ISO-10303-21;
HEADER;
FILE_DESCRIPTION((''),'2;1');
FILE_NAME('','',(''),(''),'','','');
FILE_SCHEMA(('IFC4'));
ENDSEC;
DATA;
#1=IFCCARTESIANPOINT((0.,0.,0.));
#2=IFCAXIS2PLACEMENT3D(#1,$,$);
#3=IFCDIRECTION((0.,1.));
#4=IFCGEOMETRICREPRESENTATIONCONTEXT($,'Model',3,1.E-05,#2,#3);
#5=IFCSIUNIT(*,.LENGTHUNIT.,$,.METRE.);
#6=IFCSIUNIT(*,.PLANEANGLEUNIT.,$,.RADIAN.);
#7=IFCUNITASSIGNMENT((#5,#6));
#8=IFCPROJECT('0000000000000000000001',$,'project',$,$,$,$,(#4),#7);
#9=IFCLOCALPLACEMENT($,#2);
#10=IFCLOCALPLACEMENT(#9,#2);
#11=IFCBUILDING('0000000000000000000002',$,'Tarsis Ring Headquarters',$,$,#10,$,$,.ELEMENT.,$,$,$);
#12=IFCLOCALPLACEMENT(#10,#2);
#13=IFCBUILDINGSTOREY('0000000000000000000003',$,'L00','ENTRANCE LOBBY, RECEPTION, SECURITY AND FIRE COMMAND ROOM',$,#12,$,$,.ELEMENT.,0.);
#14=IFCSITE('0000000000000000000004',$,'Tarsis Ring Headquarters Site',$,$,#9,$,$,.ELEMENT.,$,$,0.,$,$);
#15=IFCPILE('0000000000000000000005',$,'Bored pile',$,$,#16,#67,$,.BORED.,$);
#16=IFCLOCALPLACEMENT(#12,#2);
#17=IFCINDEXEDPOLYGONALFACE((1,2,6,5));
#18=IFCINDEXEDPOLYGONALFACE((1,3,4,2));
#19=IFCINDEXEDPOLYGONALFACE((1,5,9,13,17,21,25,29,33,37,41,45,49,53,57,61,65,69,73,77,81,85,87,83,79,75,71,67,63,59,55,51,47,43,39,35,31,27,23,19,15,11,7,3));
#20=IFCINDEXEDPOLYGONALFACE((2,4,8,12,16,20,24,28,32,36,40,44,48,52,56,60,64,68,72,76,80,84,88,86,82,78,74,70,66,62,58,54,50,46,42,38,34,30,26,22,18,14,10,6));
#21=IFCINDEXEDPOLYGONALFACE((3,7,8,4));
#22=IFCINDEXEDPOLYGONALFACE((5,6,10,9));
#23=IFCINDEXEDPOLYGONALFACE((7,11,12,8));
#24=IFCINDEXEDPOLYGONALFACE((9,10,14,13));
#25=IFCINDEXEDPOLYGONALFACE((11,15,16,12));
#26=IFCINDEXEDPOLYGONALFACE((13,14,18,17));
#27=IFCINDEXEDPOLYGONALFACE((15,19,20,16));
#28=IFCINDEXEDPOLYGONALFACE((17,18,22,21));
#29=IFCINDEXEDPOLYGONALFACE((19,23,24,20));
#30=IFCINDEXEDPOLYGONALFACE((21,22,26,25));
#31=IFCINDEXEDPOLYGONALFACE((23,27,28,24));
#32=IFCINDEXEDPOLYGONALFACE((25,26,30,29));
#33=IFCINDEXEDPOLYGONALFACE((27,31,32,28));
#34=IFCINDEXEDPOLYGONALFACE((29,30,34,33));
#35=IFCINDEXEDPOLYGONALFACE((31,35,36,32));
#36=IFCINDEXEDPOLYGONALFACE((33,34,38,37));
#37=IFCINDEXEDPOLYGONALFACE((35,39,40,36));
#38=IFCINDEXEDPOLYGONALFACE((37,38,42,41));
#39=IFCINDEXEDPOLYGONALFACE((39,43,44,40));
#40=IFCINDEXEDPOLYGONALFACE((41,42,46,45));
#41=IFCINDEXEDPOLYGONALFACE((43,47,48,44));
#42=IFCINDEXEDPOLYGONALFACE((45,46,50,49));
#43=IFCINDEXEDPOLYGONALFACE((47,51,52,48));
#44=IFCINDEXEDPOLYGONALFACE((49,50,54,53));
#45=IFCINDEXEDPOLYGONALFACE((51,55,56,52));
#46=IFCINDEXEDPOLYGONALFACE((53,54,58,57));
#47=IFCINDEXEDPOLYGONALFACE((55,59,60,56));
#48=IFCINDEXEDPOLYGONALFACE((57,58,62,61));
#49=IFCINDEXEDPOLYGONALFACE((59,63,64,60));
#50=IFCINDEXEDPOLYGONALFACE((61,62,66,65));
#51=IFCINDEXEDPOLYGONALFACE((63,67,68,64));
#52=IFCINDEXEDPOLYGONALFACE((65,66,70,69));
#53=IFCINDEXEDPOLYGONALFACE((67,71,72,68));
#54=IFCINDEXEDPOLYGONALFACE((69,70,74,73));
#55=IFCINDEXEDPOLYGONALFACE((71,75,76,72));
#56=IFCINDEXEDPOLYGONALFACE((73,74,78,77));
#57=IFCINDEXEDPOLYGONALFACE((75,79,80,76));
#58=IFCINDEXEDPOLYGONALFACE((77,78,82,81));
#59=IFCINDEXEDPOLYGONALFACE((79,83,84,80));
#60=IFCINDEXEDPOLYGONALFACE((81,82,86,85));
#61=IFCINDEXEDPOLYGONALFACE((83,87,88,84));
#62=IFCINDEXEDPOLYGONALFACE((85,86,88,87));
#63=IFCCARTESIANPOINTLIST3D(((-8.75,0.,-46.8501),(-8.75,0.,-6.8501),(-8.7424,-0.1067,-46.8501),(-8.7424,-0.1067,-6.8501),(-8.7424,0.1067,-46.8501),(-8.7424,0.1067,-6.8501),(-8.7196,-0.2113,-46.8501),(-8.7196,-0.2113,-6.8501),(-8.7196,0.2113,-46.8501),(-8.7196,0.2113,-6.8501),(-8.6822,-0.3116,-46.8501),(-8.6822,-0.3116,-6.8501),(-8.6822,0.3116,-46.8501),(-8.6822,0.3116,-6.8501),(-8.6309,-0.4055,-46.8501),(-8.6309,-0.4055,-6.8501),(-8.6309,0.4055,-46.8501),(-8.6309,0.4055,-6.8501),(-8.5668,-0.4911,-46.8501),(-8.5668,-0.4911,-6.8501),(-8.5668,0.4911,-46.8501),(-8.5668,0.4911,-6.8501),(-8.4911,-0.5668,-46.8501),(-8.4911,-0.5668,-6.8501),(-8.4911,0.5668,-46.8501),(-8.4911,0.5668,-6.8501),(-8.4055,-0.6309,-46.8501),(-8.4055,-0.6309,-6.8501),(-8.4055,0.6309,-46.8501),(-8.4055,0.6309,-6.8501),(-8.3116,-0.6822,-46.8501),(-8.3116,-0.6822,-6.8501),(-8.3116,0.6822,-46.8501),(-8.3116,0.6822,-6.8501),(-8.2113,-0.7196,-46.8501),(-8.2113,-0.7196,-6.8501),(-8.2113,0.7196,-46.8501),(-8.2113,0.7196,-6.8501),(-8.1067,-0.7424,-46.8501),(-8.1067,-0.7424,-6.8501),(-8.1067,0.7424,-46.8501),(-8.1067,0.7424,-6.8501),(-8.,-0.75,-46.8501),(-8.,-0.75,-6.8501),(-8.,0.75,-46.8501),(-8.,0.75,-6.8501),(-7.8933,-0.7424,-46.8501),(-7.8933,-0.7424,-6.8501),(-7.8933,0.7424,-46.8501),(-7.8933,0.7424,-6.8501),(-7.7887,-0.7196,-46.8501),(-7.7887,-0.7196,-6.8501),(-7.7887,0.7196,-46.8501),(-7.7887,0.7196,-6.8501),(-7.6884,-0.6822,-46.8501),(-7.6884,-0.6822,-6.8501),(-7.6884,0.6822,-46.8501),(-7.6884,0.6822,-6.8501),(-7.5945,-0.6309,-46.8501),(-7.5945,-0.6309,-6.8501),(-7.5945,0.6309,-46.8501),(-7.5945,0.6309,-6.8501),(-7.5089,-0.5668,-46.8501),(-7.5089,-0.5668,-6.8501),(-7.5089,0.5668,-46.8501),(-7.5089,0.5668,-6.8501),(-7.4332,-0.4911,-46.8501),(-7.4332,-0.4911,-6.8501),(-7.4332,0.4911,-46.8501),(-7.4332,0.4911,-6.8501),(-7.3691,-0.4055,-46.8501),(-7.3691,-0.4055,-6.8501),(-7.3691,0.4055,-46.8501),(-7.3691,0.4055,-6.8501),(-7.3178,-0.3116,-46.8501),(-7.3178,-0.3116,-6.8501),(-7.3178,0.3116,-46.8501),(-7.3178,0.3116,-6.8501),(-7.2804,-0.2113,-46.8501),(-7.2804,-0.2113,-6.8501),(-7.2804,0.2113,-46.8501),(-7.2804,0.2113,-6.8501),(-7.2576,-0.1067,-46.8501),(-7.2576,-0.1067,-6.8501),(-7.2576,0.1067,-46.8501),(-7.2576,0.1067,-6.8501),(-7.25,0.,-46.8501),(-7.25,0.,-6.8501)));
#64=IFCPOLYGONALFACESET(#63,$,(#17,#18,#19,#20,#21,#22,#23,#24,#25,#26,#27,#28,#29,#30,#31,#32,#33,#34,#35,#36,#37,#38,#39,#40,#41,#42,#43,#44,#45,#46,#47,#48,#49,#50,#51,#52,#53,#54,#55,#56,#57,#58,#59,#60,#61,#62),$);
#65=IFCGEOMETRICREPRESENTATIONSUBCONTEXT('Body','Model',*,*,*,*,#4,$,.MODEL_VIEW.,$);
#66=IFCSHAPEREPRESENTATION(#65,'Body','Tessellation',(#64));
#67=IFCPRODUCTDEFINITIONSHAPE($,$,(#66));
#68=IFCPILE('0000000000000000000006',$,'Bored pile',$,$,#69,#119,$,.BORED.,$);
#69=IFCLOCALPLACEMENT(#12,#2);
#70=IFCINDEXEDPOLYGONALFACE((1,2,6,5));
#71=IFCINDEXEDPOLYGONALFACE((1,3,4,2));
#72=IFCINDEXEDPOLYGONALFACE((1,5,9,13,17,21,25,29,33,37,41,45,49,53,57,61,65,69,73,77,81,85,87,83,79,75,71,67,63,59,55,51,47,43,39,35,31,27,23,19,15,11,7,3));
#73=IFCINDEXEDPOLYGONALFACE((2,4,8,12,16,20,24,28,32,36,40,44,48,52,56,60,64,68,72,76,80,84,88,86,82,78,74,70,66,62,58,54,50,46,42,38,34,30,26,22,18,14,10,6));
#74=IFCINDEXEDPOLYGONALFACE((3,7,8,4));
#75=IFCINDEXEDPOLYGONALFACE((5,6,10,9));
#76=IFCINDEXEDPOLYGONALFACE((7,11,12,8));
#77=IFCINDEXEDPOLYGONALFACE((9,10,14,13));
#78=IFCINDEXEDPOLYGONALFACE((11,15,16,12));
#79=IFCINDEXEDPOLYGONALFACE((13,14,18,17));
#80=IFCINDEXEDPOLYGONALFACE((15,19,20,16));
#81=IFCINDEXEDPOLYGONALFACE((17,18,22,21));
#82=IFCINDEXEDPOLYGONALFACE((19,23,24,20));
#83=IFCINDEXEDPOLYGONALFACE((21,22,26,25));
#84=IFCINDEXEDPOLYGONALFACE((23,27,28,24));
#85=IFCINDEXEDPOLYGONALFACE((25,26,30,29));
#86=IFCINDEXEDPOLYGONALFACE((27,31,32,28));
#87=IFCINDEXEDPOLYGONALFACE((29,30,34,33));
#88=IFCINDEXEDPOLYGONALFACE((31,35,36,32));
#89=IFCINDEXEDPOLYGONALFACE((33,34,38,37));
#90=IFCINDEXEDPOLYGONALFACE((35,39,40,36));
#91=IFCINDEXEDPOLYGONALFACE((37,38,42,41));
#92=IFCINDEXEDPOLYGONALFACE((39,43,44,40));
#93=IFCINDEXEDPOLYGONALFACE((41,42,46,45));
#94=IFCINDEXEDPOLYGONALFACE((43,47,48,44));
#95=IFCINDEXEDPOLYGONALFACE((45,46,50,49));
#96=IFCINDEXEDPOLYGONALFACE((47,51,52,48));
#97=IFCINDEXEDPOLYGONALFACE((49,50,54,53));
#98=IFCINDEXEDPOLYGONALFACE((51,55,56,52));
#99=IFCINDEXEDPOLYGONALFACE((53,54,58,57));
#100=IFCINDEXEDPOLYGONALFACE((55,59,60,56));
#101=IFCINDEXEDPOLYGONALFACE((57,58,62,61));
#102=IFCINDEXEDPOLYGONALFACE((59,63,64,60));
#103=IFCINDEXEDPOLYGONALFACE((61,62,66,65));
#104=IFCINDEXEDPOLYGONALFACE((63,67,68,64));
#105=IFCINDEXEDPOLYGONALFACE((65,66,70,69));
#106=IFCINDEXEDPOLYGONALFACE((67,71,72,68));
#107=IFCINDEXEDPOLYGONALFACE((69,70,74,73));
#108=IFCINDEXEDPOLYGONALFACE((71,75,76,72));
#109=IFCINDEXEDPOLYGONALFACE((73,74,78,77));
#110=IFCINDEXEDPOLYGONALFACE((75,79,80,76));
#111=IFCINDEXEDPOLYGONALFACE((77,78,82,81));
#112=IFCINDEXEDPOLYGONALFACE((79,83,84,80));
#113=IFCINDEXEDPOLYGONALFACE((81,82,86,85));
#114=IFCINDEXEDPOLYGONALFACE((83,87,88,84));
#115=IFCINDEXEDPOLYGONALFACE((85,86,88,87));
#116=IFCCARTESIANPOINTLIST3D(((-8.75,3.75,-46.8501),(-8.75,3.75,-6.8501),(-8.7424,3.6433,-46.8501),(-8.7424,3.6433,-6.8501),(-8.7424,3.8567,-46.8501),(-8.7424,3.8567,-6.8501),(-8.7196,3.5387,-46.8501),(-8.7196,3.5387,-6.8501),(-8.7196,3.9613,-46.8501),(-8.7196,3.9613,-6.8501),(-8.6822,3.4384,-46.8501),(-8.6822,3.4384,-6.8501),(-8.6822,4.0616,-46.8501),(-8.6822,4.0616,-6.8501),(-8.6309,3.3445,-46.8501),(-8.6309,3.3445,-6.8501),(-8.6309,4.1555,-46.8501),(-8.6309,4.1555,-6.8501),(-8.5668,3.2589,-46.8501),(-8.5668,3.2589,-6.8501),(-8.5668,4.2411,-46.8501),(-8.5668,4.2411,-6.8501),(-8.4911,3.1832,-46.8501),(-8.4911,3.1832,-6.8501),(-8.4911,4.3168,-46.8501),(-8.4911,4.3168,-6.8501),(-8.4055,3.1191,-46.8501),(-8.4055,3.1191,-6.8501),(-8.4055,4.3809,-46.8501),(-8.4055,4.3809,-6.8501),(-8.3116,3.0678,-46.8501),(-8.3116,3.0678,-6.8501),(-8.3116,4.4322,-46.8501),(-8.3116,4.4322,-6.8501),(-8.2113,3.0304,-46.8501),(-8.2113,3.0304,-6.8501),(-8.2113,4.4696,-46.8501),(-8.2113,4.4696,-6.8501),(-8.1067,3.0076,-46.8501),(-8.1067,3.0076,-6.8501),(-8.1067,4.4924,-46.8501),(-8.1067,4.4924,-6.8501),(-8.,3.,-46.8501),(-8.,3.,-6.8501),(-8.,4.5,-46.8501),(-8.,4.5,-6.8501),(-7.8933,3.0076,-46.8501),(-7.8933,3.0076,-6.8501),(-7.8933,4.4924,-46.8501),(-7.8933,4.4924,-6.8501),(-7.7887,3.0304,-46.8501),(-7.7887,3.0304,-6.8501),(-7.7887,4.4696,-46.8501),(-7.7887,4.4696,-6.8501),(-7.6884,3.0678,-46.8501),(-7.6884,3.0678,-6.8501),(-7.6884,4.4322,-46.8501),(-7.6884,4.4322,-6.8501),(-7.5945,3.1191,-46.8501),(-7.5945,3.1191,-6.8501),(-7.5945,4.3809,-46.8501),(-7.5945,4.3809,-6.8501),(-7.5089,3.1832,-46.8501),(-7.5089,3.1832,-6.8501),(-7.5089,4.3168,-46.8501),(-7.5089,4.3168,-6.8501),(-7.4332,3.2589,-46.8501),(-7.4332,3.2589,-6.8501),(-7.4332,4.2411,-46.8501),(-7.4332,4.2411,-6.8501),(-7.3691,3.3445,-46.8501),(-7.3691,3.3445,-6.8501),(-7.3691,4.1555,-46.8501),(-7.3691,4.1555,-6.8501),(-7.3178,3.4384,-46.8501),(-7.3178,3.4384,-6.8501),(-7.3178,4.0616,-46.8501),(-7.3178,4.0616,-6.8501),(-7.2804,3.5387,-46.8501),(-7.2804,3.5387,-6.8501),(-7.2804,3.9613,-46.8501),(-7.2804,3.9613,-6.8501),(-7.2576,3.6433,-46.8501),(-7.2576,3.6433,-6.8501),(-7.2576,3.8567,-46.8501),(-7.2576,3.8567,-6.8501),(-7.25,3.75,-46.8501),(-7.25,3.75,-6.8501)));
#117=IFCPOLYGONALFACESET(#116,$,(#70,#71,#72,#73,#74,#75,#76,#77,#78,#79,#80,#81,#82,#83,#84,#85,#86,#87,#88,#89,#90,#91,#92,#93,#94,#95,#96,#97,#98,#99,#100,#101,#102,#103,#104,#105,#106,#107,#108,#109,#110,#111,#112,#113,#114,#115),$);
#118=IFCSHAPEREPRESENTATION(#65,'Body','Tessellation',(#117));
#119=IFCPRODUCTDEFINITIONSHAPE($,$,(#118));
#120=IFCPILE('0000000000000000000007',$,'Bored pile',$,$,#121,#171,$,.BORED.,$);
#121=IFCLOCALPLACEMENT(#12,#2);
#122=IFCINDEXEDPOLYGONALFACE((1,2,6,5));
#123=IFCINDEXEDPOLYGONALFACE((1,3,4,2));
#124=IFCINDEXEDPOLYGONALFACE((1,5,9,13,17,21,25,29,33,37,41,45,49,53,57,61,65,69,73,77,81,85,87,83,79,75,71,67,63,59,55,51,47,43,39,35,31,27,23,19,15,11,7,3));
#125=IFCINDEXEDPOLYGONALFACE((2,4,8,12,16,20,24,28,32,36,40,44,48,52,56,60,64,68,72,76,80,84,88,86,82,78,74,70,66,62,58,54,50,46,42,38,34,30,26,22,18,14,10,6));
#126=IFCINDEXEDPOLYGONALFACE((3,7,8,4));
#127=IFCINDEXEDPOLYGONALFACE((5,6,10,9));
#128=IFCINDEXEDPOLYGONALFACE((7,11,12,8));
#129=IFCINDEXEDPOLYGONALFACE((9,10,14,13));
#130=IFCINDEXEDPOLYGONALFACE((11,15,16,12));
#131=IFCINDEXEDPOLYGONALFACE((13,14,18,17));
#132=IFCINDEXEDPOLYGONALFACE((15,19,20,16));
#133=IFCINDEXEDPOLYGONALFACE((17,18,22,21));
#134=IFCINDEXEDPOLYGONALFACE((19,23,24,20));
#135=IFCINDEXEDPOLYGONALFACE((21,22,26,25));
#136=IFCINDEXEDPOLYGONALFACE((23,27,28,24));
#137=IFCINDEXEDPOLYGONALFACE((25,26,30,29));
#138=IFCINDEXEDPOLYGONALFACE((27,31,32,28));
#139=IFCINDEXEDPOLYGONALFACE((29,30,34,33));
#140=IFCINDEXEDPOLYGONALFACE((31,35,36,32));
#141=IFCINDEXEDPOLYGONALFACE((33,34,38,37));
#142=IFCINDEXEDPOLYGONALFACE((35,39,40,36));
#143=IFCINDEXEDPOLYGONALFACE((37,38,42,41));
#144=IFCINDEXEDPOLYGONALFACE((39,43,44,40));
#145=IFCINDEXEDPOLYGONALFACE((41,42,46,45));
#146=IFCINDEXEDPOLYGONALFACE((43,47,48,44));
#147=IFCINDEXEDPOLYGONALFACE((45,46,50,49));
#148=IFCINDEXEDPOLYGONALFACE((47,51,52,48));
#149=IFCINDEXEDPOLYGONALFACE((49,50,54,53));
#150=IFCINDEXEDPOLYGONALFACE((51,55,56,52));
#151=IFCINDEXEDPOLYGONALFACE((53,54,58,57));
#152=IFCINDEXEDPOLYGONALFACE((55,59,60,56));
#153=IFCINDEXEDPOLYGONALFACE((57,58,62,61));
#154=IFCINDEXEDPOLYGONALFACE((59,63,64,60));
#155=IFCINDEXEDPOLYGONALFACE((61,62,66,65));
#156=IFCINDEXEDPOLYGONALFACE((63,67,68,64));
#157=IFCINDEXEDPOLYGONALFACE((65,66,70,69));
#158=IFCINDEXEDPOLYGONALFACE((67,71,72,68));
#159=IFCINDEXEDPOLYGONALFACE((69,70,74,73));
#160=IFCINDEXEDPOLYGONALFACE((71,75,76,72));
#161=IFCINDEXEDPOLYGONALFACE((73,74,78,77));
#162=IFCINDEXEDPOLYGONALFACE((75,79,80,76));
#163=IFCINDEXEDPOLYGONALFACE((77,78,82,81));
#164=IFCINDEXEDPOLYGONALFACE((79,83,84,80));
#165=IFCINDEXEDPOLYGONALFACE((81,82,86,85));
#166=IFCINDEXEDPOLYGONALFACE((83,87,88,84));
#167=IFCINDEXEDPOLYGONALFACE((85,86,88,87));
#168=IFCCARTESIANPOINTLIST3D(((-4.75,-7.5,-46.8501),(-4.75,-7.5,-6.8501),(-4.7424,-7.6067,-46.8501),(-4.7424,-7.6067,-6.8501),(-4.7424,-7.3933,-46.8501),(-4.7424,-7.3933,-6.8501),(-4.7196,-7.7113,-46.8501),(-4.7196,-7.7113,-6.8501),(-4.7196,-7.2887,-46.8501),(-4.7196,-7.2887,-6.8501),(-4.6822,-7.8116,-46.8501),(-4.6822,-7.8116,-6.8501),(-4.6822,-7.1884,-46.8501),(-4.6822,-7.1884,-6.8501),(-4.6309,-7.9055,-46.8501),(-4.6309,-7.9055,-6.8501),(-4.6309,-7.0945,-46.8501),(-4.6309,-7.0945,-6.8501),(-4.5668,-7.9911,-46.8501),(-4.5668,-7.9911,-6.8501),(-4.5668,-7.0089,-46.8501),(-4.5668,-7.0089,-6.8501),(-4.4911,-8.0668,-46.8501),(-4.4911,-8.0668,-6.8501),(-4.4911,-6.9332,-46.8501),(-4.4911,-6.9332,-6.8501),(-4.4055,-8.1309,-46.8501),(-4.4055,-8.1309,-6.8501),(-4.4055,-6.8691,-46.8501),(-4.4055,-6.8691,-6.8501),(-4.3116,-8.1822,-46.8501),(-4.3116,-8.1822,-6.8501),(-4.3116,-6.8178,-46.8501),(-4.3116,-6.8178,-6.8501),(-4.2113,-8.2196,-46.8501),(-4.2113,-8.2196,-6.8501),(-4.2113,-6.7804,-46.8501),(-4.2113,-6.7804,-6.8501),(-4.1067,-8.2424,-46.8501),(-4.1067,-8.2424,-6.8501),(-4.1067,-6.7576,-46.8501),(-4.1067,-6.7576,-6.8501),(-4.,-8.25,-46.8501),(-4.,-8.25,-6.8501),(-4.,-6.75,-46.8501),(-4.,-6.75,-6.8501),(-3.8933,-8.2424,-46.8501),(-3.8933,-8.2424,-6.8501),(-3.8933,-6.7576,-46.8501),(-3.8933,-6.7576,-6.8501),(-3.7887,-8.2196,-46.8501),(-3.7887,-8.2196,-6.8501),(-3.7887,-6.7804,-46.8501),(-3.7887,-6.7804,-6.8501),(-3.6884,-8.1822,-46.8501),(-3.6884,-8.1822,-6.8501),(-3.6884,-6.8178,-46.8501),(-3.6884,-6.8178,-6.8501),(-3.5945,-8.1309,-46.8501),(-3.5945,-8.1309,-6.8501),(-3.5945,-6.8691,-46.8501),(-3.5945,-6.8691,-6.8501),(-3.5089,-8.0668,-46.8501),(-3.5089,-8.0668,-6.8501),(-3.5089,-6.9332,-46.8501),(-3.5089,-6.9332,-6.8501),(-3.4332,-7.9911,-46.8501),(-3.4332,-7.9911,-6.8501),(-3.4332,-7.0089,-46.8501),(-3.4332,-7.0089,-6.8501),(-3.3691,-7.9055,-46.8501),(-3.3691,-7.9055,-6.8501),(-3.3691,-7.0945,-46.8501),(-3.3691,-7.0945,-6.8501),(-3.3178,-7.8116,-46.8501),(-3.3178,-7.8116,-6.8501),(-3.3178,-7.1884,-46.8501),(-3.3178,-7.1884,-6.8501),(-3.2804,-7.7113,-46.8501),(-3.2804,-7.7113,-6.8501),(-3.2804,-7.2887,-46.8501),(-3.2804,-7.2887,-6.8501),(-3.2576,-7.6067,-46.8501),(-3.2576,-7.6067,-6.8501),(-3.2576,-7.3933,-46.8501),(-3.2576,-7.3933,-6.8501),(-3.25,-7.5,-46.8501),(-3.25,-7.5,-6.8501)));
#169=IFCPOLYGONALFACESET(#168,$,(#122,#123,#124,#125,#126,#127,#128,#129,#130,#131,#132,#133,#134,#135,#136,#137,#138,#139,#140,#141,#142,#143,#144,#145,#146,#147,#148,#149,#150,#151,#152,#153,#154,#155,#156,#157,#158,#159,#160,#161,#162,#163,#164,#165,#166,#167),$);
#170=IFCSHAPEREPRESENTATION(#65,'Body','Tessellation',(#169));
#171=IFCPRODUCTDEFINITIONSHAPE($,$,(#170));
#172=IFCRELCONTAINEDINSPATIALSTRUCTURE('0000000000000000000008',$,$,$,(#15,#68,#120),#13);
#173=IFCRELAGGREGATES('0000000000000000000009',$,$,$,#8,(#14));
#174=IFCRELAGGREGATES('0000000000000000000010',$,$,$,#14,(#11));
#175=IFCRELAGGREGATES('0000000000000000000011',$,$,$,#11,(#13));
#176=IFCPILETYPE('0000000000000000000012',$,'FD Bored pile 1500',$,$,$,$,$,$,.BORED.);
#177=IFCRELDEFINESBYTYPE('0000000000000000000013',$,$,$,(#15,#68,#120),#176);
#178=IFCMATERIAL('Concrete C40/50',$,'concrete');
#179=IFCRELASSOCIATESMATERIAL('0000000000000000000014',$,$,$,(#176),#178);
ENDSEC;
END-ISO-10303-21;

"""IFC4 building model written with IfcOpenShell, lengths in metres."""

from ifc_helpers import new_model, si_unit, direction, frame, origin, origin_2d, place, context, subcontext, project, spatial, circle, extrude, material, material_profile, profile_set, type_object, element, save


model = new_model("IFC4")

# Units and contexts
model_context = context("Model", 3, precision=1e-05, world=origin(), true_north=direction((0.0, 1.0)))
body_context = subcontext(model_context, "Body", "Model", "MODEL_VIEW")
ifc_project = project(units=[si_unit("LENGTHUNIT", "METRE"), si_unit("PLANEANGLEUNIT", "RADIAN")], contexts=[model_context])

# Site, building, storey
site_placement = place(None, origin())
site = spatial("IfcSite", under=ifc_project, at=site_placement, Name="Tarsis Ring Headquarters Site", CompositionType="ELEMENT", RefElevation=0.0)
building_placement = place(site_placement, origin())
building = spatial("IfcBuilding", under=site, at=building_placement, Name="Tarsis Ring Headquarters", CompositionType="ELEMENT")
storey_placement = place(building_placement, origin())
storey = spatial("IfcBuildingStorey", under=building, at=storey_placement, Name="L00", Description="ENTRANCE LOBBY, RECEPTION, SECURITY AND FIRE COMMAND ROOM", CompositionType="ELEMENT", Elevation=0.0)

# Piles
ifc_material_1 = material(Name="Concrete C40/50", Category="concrete")
ifc_material_profile = material_profile(ifc_material_1, circle(Radius=0.75, at=origin_2d()), Name="BORED 1500")
ifc_profile_set = profile_set([ifc_material_profile], Name="Concrete C40/50")
pile_type = type_object("IfcPileType", Name="FD Bored pile 1500", PredefinedType="BORED", material=ifc_profile_set)
for number, where, z_axis, x_axis, name in (
    (1, (-8.0, 0.0, -6.8501), (0.0, 0.0, -1.0), (1.0, 0.0, 0.0), "Bored pile"),
    (2, (-8.0, 3.75, -6.8501), (0.0, 0.0, -1.0), (1.0, 0.0, 0.0), "Bored pile"),
    (3, (-4.0, -7.5, -6.8501), (0.0, 0.0, -1.0), (1.0, 0.0, 0.0), "Bored pile"),
):
    element("IfcPile", number, at=place(storey_placement, frame(where, z_axis=z_axis, x_axis=x_axis)), inside=storey, type_object=pile_type, Name=name, PredefinedType="BORED", context=body_context, shape_type="SweptSolid", body=[
        extrude(circle(Radius=0.75, at=origin_2d()), origin(), (0.0, 0.0, 1.0), 40.0),
    ])

save(model, "model.ifc")
